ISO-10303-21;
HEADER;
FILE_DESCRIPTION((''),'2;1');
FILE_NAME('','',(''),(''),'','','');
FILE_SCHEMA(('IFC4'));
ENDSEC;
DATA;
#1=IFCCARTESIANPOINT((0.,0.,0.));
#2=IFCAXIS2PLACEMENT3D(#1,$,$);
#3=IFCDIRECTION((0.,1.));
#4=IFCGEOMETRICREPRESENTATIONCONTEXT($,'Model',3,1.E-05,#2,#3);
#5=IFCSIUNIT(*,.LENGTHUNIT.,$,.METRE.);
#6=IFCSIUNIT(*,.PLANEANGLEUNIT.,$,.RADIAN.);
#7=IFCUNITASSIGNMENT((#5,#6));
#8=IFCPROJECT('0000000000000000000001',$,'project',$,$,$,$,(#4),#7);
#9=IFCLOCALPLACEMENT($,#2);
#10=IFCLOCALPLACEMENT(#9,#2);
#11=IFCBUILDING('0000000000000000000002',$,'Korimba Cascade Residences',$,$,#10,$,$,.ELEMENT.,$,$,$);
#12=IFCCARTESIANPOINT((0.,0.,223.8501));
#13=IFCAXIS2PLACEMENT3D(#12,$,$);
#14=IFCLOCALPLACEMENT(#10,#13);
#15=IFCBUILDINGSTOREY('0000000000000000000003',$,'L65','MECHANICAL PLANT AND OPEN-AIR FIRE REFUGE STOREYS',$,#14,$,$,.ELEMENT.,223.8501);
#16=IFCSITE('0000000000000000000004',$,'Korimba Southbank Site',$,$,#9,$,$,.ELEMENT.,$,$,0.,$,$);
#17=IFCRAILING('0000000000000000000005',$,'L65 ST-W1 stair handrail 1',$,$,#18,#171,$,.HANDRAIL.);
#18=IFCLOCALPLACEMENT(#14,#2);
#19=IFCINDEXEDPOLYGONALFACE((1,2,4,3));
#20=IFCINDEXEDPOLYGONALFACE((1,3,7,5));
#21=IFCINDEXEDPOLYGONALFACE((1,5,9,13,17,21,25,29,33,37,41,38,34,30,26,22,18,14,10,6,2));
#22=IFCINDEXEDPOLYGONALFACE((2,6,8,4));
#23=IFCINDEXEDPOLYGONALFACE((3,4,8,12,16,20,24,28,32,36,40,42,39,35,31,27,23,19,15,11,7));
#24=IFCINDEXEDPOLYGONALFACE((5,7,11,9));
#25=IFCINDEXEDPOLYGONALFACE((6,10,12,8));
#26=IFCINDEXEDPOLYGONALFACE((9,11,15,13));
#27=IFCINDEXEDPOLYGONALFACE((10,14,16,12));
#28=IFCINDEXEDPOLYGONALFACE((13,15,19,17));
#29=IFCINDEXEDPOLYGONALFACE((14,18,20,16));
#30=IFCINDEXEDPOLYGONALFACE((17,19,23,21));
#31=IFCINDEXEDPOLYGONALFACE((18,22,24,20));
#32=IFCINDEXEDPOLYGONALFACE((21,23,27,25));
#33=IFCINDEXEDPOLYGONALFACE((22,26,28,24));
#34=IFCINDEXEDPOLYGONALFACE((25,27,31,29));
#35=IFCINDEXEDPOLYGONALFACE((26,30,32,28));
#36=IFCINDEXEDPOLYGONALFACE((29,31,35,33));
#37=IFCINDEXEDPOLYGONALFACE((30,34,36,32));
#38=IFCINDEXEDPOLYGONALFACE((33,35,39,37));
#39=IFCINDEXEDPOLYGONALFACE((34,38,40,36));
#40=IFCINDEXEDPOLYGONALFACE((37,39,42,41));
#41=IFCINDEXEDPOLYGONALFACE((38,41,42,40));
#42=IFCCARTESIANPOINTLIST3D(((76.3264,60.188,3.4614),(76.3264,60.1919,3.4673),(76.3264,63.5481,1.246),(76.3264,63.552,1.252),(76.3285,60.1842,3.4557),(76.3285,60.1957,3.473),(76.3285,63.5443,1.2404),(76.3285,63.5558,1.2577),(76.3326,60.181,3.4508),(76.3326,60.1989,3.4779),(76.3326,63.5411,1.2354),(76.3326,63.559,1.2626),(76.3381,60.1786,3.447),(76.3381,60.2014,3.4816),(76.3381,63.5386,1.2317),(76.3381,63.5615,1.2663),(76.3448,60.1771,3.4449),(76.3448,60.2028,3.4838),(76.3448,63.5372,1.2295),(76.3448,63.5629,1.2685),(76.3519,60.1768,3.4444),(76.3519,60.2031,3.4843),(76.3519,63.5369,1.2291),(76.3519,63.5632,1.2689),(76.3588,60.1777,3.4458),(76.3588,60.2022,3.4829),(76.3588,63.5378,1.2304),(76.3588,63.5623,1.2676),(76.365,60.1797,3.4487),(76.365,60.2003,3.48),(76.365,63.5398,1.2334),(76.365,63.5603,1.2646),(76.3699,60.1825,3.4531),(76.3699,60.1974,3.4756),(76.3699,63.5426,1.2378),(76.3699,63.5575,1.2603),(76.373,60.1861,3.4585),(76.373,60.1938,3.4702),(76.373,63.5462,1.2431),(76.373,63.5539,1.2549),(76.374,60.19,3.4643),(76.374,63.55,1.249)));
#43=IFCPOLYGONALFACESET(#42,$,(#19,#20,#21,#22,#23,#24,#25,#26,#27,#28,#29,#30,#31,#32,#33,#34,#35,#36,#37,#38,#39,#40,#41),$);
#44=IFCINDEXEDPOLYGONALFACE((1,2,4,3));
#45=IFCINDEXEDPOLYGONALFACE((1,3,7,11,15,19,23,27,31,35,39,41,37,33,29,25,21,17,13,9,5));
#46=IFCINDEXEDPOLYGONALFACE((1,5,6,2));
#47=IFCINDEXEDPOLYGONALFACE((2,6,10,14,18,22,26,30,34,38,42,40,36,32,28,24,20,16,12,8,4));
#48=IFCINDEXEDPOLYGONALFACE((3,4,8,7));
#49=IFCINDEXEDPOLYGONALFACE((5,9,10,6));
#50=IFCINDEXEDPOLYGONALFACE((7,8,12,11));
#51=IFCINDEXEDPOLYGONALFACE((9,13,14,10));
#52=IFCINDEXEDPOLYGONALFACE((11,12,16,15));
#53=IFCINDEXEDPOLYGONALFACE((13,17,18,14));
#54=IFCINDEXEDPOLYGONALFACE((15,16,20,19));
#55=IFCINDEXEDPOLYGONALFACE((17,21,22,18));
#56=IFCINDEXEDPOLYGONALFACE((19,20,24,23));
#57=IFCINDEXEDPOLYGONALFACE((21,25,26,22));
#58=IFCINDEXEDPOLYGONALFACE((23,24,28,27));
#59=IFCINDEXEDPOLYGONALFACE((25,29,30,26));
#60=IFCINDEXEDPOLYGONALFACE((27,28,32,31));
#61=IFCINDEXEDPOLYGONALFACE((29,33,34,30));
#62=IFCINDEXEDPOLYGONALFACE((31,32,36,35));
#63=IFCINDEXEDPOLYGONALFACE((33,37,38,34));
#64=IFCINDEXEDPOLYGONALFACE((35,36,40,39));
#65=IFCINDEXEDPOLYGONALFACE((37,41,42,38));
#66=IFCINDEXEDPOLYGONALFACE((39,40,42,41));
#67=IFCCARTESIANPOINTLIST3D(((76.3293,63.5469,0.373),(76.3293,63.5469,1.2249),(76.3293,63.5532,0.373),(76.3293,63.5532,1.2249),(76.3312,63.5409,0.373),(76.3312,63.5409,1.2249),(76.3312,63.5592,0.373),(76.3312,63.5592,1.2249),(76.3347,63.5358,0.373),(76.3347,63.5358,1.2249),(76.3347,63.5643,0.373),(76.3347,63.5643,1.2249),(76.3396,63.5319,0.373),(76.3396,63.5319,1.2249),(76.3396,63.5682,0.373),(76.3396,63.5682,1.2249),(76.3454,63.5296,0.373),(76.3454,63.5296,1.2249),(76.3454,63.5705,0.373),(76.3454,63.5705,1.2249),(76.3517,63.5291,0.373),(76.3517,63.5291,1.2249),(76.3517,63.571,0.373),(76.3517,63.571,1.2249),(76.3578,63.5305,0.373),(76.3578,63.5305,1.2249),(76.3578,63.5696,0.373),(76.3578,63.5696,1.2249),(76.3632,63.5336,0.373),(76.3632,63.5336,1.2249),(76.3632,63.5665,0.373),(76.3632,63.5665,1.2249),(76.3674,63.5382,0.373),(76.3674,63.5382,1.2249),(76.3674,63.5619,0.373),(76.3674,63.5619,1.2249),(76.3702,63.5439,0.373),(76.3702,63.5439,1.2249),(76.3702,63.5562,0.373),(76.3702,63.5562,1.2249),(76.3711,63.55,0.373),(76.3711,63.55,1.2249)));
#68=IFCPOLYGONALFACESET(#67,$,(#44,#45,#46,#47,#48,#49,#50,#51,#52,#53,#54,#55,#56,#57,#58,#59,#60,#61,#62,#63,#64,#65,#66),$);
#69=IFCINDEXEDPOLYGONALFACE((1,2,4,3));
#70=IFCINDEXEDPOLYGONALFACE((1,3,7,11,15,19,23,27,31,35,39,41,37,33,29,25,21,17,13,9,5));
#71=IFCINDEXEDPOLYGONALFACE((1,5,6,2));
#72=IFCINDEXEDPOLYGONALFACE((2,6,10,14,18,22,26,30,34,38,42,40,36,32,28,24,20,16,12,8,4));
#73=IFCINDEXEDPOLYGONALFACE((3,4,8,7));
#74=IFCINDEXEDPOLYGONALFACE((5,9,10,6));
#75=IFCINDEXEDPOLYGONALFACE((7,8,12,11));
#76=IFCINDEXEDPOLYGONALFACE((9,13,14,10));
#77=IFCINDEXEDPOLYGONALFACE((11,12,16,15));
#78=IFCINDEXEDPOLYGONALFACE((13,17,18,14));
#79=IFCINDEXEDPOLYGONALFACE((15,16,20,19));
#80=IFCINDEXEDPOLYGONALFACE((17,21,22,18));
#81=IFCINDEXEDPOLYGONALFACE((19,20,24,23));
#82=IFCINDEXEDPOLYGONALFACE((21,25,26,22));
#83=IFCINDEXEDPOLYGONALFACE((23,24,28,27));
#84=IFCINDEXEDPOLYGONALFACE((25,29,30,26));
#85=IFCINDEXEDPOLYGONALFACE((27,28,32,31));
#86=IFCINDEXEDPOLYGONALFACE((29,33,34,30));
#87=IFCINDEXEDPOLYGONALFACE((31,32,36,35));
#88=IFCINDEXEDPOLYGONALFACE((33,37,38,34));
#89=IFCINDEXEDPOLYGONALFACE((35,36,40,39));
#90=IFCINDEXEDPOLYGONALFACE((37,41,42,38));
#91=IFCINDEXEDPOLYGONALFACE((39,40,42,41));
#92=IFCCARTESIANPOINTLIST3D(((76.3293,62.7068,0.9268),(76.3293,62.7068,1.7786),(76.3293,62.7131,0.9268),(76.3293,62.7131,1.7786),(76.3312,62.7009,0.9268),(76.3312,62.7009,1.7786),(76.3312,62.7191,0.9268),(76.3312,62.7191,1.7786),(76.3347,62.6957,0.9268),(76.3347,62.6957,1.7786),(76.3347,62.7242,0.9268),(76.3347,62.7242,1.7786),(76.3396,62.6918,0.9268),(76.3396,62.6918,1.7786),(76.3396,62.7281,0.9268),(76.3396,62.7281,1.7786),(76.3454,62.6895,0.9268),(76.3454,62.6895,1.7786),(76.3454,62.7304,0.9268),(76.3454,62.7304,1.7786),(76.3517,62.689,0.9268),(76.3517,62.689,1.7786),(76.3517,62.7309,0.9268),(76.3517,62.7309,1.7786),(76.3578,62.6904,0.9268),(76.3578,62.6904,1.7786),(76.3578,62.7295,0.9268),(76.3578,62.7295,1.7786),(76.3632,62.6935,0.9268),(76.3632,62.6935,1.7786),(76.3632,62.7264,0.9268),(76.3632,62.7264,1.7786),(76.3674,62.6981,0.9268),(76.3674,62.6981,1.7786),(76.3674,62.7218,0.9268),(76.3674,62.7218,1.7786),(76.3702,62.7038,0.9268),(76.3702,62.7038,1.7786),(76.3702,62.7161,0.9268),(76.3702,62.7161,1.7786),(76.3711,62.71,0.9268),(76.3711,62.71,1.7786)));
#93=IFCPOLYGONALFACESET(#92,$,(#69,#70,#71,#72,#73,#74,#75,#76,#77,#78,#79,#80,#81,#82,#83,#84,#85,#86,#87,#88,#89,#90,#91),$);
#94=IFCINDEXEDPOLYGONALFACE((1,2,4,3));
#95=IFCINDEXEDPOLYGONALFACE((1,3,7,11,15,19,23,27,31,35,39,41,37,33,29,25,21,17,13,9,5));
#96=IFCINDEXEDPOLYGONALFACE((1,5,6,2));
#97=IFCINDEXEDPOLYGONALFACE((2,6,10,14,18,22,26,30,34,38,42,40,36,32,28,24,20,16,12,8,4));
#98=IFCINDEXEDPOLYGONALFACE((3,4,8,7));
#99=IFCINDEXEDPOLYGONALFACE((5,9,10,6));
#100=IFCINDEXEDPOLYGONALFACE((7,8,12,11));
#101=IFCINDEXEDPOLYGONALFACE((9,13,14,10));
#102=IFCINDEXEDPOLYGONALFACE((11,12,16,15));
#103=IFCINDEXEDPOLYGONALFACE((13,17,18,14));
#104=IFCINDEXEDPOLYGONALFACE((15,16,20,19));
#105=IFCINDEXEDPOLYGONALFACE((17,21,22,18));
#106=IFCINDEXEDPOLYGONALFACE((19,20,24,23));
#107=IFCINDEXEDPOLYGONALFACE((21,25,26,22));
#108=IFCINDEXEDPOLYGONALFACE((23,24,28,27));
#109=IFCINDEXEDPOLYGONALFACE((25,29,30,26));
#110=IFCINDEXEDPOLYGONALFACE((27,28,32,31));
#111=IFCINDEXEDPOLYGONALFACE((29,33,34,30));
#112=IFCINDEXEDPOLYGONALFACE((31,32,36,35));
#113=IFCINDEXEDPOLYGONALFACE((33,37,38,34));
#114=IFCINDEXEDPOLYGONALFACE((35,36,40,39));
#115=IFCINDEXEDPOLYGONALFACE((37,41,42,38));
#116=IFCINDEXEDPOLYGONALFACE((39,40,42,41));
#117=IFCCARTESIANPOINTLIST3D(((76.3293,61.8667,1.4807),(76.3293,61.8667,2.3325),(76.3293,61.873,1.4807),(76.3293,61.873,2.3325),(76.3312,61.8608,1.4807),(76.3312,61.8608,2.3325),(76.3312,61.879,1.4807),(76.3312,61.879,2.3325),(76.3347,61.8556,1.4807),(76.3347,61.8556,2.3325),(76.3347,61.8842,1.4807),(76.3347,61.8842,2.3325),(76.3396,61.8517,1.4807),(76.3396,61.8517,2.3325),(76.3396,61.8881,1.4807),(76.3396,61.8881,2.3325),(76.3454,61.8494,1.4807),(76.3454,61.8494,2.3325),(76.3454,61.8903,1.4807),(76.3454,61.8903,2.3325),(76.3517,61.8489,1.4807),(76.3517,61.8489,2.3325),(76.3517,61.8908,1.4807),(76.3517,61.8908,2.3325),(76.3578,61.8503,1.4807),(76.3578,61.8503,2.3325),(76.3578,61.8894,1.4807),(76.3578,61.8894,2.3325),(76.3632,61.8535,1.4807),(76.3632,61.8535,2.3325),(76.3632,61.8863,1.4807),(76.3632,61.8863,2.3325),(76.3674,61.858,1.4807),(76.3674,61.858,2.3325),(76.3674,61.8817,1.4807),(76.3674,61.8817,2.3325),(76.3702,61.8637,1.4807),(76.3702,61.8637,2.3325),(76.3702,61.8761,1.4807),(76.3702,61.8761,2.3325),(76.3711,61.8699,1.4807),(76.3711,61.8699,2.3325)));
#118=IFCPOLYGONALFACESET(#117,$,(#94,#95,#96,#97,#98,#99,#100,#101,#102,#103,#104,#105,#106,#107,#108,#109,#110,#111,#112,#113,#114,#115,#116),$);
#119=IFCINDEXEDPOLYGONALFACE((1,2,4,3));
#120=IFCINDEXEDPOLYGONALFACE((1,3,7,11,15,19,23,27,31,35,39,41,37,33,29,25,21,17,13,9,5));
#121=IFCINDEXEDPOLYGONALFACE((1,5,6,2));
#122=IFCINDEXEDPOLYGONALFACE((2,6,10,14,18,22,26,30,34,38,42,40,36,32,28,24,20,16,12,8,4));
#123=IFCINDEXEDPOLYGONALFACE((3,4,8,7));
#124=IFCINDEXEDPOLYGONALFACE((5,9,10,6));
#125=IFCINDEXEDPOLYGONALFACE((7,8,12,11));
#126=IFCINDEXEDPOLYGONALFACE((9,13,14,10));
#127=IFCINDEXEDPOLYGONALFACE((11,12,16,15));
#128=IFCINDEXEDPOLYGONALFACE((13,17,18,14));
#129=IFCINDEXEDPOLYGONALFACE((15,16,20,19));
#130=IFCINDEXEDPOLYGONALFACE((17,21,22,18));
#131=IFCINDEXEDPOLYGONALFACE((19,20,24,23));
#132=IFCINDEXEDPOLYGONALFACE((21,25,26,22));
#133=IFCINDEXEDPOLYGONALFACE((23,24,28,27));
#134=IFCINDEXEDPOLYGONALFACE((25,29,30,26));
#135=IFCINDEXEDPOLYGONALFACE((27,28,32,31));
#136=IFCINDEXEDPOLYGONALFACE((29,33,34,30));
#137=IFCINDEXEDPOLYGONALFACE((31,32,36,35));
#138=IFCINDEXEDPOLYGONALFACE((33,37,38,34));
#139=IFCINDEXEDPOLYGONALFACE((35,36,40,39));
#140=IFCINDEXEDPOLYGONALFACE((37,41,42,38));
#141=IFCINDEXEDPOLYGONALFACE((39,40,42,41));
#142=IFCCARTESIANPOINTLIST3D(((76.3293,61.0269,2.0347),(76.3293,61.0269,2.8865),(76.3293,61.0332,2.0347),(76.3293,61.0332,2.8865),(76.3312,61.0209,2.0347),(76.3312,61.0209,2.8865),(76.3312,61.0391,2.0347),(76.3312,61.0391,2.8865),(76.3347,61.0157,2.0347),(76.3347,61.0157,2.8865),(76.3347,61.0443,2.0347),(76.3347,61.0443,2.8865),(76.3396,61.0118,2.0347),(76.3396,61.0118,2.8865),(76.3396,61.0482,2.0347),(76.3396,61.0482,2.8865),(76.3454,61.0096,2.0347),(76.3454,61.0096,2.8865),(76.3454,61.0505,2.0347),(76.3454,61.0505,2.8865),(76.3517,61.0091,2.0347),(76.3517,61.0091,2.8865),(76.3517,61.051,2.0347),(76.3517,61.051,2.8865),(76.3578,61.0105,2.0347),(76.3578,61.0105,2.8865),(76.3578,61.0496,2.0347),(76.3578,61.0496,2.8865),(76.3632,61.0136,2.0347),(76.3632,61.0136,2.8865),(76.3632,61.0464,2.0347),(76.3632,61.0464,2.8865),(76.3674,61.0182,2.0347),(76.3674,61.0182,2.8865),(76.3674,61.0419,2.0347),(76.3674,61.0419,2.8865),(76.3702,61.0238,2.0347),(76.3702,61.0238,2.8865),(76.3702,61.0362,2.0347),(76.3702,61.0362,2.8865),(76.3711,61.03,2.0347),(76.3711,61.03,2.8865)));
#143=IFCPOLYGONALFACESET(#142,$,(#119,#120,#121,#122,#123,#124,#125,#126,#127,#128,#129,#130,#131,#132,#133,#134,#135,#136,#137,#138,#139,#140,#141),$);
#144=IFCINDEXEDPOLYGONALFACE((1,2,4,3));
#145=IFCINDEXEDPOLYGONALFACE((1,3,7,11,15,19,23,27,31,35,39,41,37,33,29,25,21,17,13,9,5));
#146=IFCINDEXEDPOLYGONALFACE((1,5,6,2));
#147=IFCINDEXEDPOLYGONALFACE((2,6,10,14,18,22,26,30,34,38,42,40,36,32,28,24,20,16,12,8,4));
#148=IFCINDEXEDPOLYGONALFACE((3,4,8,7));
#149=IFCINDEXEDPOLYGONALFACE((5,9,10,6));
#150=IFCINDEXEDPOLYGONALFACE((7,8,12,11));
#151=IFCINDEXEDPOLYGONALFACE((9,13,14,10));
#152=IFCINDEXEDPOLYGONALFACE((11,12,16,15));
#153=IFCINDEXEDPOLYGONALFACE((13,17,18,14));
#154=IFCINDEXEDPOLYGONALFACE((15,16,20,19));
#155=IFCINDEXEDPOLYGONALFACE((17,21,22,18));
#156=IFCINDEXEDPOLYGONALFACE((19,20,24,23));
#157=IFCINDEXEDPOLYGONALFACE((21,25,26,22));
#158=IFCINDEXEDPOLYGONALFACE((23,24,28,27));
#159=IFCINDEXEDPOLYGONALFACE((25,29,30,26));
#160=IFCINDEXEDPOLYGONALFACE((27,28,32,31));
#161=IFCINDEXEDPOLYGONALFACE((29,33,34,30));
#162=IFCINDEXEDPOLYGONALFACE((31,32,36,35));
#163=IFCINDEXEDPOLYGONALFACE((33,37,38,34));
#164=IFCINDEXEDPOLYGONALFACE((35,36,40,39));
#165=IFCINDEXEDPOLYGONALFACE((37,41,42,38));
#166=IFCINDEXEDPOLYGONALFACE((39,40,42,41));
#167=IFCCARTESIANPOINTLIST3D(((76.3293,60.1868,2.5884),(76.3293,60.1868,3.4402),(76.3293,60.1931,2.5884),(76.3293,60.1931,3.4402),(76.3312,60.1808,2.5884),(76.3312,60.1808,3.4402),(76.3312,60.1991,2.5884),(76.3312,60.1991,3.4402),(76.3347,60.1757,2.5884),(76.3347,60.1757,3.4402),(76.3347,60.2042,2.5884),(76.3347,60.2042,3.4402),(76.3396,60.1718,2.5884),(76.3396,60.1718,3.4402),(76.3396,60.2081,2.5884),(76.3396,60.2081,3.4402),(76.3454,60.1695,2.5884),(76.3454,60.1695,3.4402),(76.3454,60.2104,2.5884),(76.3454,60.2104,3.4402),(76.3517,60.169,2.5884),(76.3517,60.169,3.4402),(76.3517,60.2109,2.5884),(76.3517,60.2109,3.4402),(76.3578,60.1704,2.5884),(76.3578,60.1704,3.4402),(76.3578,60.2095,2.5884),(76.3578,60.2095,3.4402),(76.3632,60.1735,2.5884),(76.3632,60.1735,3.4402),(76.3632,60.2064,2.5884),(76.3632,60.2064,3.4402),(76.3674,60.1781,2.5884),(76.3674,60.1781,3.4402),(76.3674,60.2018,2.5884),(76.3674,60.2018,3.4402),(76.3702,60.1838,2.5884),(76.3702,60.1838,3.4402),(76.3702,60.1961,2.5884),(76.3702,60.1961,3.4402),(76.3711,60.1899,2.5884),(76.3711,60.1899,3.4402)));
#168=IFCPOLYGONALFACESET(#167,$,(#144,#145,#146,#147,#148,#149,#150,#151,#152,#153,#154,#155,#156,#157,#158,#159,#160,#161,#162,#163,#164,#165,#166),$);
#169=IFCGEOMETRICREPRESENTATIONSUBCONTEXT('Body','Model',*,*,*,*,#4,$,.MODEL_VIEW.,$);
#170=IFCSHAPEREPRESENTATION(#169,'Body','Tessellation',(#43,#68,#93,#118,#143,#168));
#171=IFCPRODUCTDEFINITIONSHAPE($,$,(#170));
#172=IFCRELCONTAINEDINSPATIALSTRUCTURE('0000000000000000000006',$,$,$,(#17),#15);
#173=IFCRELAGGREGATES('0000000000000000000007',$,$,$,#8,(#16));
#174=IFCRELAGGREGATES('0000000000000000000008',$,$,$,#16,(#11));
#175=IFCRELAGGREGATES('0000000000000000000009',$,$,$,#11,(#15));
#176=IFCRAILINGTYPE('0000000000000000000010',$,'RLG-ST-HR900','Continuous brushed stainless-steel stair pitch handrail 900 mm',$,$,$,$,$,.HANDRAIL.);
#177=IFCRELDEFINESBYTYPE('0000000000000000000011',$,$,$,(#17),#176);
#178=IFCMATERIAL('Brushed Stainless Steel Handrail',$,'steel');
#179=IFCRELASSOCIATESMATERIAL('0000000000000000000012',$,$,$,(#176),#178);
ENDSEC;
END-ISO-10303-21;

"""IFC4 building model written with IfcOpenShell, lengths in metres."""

from ifc_helpers import new_model, si_unit, direction, frame, origin, origin_2d, place, context, subcontext, project, spatial, circle, extrude, material, type_object, element, save


model = new_model("IFC4")

# Units and contexts
model_context = context("Model", 3, precision=1e-05, world=origin(), true_north=direction((0.0, 1.0)))
body_context = subcontext(model_context, "Body", "Model", "MODEL_VIEW")
ifc_project = project(units=[si_unit("LENGTHUNIT", "METRE"), si_unit("PLANEANGLEUNIT", "RADIAN")], contexts=[model_context])

# Site, building, storey
site_placement = place(None, origin())
site = spatial("IfcSite", under=ifc_project, at=site_placement, Name="Korimba Southbank Site", CompositionType="ELEMENT", RefElevation=0.0)
building_placement = place(site_placement, origin())
building = spatial("IfcBuilding", under=site, at=building_placement, Name="Korimba Cascade Residences", CompositionType="ELEMENT")
storey_placement = place(building_placement, frame((0.0, 0.0, 223.8501)))
storey = spatial("IfcBuildingStorey", under=building, at=storey_placement, Name="L65", Description="MECHANICAL PLANT AND OPEN-AIR FIRE REFUGE STOREYS", CompositionType="ELEMENT", Elevation=223.8501)

# Railing
ifc_material_1 = material(Name="Brushed Stainless Steel Handrail", Category="steel")
railing_type_1 = type_object("IfcRailingType", Name="RLG-ST-HR900", Description="Continuous brushed stainless-steel stair pitch handrail 900 mm", PredefinedType="HANDRAIL", material=ifc_material_1)
railing_1_placement = place(storey_placement, frame((76.3501, 63.55, 0.373)))
element("IfcRailing", 1, at=railing_1_placement, inside=storey, type_object=railing_type_1, Name="L65 ST-W1 stair handrail 1", PredefinedType="HANDRAIL", context=body_context, shape_type="SweptSolid", body=[
    extrude(circle(Radius=0.0239, at=origin_2d()), frame((0.0, 0.0, 0.876), z_axis=(0.0, -0.834876, 0.550437), x_axis=(1.0, 0.0, 0.0)), (0.0, 0.0, 1.0), 4.0247),
    extrude(circle(Radius=0.021, at=origin_2d()), origin(), (0.0, 0.0, 1.0), 0.8518),
    extrude(circle(Radius=0.021, at=origin_2d()), frame((0.0, -0.8401, 0.5537)), (0.0, 0.0, 1.0), 0.8518),
    extrude(circle(Radius=0.021, at=origin_2d()), frame((0.0, -1.6802, 1.1077)), (0.0, 0.0, 1.0), 0.8518),
    extrude(circle(Radius=0.021, at=origin_2d()), frame((0.0, -2.52, 1.6616)), (0.0, 0.0, 1.0), 0.8518),
    extrude(circle(Radius=0.021, at=origin_2d()), frame((0.0, -3.3601, 2.2153)), (0.0, 0.0, 1.0), 0.8518),
])

save(model, "model.ifc")
